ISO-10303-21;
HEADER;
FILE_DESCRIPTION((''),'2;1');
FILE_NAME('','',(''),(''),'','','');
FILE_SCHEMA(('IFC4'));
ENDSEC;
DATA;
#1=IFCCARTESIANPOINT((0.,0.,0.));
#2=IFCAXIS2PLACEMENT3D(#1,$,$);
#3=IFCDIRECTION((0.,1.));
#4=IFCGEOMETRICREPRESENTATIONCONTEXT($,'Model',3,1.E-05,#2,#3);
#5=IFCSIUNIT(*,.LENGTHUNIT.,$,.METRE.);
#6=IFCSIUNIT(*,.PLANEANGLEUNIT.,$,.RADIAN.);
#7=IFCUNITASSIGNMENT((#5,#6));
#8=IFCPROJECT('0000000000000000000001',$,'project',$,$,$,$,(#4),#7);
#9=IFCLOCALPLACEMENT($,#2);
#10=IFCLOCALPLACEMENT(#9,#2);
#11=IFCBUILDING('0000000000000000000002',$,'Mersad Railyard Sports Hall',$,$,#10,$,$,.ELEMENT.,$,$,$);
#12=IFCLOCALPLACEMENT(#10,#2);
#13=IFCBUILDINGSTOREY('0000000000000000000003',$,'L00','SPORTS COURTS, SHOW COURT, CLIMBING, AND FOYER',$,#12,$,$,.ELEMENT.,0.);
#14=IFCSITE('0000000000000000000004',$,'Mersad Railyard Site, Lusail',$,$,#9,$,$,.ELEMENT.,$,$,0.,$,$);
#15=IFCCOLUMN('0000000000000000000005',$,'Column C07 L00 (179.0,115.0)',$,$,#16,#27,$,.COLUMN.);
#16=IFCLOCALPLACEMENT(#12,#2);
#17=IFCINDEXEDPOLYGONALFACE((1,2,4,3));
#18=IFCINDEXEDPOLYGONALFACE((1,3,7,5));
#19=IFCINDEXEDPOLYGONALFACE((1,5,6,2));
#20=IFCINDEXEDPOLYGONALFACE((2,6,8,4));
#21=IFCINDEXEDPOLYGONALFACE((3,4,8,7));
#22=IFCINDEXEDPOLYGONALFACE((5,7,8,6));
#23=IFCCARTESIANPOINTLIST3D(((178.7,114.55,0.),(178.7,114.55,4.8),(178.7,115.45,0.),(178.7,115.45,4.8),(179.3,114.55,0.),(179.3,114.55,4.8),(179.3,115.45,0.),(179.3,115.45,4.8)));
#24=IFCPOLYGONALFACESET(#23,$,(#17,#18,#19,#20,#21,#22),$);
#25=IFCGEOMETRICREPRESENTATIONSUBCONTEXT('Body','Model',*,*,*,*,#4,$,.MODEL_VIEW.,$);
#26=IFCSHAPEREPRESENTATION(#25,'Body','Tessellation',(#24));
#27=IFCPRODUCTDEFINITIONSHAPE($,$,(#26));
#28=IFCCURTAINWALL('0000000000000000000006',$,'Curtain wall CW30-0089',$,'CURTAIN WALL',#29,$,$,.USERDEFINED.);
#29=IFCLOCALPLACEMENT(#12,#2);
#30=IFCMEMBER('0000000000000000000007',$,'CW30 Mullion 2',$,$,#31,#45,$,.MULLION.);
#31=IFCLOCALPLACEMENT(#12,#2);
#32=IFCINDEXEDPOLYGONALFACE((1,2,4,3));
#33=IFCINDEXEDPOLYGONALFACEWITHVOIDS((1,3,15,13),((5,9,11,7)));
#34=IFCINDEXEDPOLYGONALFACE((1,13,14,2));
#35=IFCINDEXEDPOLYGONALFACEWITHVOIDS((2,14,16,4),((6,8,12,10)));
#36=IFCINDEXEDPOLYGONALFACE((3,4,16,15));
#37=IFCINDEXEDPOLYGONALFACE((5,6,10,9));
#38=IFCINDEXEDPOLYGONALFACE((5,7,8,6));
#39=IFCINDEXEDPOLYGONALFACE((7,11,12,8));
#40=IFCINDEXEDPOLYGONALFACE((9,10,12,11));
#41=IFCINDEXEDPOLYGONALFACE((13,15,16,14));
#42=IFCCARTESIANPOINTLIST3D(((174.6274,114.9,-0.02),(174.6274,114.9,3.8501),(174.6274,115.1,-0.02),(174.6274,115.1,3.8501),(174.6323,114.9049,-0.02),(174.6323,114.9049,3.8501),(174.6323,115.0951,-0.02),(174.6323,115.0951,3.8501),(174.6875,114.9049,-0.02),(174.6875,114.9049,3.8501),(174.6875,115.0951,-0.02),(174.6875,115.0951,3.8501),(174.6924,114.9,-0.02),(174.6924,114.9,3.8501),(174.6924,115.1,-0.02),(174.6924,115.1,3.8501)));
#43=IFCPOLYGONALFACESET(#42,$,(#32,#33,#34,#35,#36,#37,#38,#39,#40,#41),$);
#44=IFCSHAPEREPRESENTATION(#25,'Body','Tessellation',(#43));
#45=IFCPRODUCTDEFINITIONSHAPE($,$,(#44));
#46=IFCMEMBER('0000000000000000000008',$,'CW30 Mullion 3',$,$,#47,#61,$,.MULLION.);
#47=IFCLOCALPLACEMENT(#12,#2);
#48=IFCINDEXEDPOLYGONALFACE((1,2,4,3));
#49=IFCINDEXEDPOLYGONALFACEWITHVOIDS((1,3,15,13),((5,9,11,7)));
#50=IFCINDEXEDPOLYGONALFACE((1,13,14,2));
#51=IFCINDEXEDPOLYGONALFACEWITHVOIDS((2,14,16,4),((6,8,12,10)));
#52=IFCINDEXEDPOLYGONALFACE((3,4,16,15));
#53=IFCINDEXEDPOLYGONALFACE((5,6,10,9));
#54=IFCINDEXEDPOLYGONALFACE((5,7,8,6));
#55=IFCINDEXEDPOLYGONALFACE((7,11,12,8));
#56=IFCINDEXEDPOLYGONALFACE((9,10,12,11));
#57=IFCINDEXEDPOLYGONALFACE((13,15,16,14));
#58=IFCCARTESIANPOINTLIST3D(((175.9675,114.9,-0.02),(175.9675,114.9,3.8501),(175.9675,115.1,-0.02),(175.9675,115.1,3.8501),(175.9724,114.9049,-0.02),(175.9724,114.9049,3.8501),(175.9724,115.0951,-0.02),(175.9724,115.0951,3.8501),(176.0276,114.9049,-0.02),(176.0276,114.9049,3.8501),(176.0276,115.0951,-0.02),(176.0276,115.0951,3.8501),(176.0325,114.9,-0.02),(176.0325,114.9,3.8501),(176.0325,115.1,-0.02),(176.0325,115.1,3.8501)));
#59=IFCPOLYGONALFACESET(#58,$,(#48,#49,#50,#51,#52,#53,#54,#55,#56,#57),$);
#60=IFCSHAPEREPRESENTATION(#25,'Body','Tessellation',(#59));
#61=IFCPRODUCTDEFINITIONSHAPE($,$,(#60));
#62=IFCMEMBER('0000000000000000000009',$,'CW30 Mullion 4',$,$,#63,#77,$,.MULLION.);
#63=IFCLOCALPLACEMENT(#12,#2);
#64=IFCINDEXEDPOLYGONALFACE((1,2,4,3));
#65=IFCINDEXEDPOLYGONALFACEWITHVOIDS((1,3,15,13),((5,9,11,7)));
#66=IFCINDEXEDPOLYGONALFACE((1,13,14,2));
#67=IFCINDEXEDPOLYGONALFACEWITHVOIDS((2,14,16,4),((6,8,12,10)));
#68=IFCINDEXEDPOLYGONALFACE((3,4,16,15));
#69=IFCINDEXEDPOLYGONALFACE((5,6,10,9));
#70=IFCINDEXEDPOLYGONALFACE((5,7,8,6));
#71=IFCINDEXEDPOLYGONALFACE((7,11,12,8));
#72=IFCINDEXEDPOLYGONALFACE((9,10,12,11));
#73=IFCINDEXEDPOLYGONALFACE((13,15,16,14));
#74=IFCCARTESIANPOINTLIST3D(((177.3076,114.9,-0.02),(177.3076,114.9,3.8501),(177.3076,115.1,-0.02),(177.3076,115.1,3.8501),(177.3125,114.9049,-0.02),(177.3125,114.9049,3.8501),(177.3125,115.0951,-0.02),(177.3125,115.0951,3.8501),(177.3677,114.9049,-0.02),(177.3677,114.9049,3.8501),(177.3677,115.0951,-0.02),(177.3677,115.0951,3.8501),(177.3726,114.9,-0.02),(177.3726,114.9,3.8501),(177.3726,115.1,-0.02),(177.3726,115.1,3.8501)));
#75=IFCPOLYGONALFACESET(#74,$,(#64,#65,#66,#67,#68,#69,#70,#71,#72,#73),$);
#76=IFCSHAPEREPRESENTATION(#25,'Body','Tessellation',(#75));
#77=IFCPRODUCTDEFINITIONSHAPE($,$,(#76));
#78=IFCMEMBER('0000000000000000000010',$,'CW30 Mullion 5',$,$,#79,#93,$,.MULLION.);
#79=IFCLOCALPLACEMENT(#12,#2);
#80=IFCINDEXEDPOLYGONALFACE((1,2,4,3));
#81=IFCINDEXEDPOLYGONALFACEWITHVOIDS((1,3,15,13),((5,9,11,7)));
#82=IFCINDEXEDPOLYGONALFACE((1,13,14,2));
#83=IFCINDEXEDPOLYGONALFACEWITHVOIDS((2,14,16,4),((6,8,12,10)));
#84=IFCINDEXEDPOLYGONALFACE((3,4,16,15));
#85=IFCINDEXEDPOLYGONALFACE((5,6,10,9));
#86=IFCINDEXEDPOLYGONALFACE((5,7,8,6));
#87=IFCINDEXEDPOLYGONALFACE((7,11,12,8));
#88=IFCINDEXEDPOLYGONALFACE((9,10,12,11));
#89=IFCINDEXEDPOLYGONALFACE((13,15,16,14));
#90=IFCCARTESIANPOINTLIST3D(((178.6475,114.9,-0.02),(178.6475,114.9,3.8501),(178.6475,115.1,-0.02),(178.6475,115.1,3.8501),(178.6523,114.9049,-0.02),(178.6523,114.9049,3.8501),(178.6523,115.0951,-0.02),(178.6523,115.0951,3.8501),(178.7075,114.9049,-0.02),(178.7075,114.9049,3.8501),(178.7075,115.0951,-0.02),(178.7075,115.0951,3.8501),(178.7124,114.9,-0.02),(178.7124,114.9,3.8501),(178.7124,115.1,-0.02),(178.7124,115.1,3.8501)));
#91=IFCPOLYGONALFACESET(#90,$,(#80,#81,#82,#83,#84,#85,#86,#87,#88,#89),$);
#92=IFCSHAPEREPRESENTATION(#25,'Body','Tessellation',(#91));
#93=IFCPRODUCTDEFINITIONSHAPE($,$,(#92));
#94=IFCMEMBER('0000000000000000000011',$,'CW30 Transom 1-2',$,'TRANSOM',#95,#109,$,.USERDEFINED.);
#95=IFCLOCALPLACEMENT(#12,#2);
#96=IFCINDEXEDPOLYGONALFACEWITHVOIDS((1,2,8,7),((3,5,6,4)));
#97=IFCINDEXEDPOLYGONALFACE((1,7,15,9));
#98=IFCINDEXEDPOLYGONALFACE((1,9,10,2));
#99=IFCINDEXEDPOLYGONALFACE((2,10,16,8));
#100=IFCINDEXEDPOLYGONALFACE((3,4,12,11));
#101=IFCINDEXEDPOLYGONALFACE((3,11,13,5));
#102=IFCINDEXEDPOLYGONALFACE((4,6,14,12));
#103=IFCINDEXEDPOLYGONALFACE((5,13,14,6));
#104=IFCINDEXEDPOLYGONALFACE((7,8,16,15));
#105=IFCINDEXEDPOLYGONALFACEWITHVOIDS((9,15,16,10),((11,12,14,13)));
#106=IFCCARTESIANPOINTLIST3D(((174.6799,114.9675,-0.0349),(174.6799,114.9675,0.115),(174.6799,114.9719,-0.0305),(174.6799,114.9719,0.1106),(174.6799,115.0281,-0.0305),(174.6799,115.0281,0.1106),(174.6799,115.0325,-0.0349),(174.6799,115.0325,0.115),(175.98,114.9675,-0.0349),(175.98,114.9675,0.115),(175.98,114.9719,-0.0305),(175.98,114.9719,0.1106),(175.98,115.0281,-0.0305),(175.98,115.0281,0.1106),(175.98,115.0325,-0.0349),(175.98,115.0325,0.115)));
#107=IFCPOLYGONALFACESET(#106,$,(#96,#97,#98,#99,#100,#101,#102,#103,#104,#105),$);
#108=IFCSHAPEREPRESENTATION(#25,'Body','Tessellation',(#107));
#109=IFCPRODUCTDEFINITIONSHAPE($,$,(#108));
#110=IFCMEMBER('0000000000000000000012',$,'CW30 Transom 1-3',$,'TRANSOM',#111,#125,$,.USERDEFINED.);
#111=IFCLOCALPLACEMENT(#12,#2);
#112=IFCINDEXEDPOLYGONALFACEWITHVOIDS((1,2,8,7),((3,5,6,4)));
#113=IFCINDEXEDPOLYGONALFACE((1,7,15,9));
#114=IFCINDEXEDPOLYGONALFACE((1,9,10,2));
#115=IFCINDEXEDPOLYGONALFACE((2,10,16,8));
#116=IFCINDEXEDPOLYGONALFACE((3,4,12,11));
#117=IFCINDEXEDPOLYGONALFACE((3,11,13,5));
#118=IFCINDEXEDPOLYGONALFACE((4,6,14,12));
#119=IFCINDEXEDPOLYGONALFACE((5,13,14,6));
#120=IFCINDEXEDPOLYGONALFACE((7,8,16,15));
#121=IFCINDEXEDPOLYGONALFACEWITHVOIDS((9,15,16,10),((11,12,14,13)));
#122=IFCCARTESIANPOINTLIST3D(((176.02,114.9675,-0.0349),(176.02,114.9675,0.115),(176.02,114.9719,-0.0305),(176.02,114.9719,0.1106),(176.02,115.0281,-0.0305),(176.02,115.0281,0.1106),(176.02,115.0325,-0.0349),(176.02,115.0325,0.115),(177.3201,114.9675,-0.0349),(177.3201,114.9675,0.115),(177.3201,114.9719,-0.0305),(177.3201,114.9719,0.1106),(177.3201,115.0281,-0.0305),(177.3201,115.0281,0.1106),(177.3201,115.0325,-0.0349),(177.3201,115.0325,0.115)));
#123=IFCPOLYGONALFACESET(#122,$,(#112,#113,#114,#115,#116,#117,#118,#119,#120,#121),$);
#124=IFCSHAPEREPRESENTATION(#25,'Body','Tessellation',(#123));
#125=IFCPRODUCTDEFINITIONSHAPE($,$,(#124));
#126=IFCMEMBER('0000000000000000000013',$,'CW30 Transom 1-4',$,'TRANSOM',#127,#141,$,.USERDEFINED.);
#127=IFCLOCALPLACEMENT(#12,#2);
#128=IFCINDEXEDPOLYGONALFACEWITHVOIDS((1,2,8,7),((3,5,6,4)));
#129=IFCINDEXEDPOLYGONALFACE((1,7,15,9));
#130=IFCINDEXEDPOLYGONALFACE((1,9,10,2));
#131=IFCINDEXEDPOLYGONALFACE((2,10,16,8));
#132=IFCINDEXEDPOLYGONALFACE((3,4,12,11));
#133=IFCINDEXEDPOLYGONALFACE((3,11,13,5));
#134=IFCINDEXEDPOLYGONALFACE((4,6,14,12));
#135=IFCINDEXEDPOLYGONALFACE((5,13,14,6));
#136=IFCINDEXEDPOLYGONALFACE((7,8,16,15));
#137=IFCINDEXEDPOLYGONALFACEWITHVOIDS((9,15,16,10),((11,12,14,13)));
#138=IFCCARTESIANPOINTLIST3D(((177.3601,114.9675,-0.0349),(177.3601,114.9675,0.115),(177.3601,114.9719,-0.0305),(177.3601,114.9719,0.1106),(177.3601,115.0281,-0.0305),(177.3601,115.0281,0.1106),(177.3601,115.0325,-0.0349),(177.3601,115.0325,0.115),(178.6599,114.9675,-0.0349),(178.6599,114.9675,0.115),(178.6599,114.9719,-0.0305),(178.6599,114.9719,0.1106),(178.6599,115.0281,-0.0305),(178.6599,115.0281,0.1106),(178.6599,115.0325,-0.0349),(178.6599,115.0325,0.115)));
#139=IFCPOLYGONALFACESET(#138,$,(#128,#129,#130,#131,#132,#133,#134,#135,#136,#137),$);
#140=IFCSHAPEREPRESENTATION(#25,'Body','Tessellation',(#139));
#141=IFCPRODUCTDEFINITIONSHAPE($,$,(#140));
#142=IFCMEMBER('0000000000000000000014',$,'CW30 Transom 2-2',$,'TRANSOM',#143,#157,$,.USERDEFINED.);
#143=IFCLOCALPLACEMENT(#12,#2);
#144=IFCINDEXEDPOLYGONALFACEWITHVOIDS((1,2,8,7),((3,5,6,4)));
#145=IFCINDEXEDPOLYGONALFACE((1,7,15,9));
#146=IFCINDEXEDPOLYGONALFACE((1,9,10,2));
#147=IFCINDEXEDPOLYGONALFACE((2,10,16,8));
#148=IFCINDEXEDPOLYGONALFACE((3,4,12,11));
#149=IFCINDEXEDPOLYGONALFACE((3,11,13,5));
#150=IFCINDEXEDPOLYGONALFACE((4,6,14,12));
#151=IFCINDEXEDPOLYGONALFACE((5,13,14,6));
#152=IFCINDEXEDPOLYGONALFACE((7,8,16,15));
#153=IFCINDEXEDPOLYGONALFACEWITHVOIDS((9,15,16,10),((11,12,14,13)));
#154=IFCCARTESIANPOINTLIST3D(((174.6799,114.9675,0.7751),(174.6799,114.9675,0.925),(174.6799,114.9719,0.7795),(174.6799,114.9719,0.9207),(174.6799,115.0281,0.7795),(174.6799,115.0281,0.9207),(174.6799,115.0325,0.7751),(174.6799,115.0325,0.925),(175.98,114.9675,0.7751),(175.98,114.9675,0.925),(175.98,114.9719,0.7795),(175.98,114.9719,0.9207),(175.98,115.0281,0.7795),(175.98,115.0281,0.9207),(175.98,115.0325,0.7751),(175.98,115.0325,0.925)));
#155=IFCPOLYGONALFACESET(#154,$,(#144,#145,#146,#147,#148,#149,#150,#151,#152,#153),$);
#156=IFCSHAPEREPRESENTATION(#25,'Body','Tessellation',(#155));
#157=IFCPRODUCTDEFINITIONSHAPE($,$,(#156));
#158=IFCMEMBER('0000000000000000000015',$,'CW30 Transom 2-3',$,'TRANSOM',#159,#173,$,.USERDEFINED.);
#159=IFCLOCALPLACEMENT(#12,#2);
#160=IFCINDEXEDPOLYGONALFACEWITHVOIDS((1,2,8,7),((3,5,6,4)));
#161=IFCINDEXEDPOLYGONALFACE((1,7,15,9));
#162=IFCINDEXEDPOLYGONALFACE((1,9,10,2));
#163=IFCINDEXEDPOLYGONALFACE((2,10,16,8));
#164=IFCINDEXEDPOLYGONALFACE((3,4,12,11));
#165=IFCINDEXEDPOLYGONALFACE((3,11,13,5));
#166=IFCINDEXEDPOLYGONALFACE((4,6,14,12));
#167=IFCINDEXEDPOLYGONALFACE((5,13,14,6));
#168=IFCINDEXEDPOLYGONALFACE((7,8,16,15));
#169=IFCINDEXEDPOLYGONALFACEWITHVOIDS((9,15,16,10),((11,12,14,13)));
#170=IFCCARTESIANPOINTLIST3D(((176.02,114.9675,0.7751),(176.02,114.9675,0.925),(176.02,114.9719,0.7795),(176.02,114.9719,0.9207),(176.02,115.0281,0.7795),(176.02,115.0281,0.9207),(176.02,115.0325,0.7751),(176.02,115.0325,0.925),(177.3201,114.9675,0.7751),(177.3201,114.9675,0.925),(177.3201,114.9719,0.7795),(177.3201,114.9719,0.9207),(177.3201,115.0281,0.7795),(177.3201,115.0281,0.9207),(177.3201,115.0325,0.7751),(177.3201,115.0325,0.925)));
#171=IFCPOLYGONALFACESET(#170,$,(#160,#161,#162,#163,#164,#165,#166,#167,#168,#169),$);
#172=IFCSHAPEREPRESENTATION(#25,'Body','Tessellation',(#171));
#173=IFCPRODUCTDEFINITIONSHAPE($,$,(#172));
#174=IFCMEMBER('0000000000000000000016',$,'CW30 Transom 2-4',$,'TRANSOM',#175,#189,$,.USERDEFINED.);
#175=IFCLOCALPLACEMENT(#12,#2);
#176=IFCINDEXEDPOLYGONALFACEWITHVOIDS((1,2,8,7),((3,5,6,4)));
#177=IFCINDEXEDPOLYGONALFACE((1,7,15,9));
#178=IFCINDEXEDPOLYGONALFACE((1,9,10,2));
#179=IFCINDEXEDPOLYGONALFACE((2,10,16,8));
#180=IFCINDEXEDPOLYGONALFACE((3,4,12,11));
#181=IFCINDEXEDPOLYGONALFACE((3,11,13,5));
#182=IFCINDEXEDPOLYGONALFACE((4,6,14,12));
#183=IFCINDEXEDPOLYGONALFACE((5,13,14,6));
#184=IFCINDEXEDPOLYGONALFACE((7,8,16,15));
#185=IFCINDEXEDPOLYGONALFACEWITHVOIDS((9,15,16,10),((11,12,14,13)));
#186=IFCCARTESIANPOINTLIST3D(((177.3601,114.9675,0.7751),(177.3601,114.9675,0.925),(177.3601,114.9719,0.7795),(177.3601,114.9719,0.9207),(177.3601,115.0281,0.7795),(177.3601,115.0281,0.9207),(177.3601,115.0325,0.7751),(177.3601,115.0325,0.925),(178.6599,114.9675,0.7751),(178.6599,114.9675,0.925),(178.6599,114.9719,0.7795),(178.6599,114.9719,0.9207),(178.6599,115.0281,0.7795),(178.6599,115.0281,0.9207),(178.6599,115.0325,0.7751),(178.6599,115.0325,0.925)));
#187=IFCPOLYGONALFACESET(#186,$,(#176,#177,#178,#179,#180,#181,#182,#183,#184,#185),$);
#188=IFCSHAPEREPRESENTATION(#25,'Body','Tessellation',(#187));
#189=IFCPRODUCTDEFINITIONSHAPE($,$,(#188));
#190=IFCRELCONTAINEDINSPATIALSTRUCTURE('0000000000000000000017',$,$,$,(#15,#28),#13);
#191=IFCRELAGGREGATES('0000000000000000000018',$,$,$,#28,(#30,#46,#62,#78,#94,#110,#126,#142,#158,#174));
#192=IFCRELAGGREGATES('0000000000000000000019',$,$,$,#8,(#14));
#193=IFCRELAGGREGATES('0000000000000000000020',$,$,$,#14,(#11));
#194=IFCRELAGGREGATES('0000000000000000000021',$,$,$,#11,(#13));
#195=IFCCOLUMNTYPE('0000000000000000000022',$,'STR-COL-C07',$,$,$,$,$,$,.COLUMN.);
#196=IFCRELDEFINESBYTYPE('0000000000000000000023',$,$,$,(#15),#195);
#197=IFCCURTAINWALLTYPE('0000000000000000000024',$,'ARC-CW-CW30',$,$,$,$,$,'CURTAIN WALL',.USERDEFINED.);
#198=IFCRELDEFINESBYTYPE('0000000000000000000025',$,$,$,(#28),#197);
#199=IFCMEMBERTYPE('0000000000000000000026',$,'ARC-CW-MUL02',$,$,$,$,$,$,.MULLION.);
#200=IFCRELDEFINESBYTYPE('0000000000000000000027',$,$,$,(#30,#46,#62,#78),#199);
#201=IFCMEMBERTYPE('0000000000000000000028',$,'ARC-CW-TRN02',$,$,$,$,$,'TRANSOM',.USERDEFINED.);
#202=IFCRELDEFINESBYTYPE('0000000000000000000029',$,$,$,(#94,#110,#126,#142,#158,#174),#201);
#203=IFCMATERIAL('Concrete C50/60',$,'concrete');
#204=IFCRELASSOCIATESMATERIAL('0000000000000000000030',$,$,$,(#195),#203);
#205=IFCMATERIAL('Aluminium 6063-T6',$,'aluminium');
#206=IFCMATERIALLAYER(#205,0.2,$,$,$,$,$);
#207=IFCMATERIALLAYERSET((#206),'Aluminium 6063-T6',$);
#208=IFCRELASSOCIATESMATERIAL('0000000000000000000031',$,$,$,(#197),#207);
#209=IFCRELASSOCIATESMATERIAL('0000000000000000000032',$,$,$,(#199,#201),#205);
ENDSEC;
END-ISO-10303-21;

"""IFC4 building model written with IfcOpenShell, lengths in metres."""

from ifc_helpers import new_model, si_unit, direction, frame, origin, origin_2d, place, context, subcontext, project, spatial, rectangle, hollow_rectangle, extrude, material, layer, layer_set, material_profile, profile_set, type_object, element, aggregate, save


model = new_model("IFC4")

# Units and contexts
model_context = context("Model", 3, precision=1e-05, world=origin(), true_north=direction((0.0, 1.0)))
body_context = subcontext(model_context, "Body", "Model", "MODEL_VIEW")
ifc_project = project(units=[si_unit("LENGTHUNIT", "METRE"), si_unit("PLANEANGLEUNIT", "RADIAN")], contexts=[model_context])

# Site, building, storey
site_placement = place(None, origin())
site = spatial("IfcSite", under=ifc_project, at=site_placement, Name="Mersad Railyard Site, Lusail", CompositionType="ELEMENT", RefElevation=0.0)
building_placement = place(site_placement, origin())
building = spatial("IfcBuilding", under=site, at=building_placement, Name="Mersad Railyard Sports Hall", CompositionType="ELEMENT")
storey_placement = place(building_placement, origin())
storey = spatial("IfcBuildingStorey", under=building, at=storey_placement, Name="L00", Description="SPORTS COURTS, SHOW COURT, CLIMBING, AND FOYER", CompositionType="ELEMENT", Elevation=0.0)

# Column
ifc_material_1 = material(Name="Concrete C50/60", Category="concrete")
ifc_material_profile_1 = material_profile(ifc_material_1, rectangle(XDim=0.6001, YDim=0.8999, at=origin_2d()), Name="RC 600x900")
ifc_profile_set_1 = profile_set([ifc_material_profile_1], Name="Concrete C50/60")
column_type = type_object("IfcColumnType", Name="STR-COL-C07", PredefinedType="COLUMN", material=ifc_profile_set_1)
column_placement = place(storey_placement, frame((179.0, 115.0, 0.0), z_axis=(0.0, 0.0, 1.0), x_axis=(1.0, 0.0, 0.0)))
element("IfcColumn", 1, at=column_placement, inside=storey, type_object=column_type, Name="Column C07 L00 (179.0,115.0)", PredefinedType="COLUMN", context=body_context, shape_type="SweptSolid", body=[
    extrude(rectangle(XDim=0.6001, YDim=0.8999, at=origin_2d()), origin(), (0.0, 0.0, 1.0), 4.8),
])

# Curtain wall, members
ifc_material_2 = material(Name="Aluminium 6063-T6", Category="aluminium")
ifc_layer_1 = layer(ifc_material_2, 0.2)
ifc_layer_set_1 = layer_set([ifc_layer_1], Name="Aluminium 6063-T6")
curtain_wall_type = type_object("IfcCurtainWallType", Name="ARC-CW-CW30", ElementType="CURTAIN WALL", PredefinedType="USERDEFINED", material=ifc_layer_set_1)
curtain_wall_placement = place(storey_placement, origin())
curtain_wall = element("IfcCurtainWall", 2, at=curtain_wall_placement, inside=storey, type_object=curtain_wall_type, Name="Curtain wall CW30-0089", ObjectType="CURTAIN WALL", PredefinedType="USERDEFINED")
ifc_material_profile_2 = material_profile(ifc_material_2, hollow_rectangle(XDim=0.0649, YDim=0.2, WallThickness=0.0049, at=origin_2d()), Name="AL MULLION 65x200x5")
ifc_profile_set_2 = profile_set([ifc_material_profile_2], Name="Aluminium 6063-T6")
member_type_1 = type_object("IfcMemberType", Name="ARC-CW-MUL02", PredefinedType="MULLION", material=ifc_profile_set_2)
member_1_placement = place(storey_placement, frame((174.6599, 115.0, -0.02), z_axis=(0.0, 0.0, 1.0), x_axis=(1.0, 0.0, 0.0)))
member_1 = element("IfcMember", 3, at=member_1_placement, type_object=member_type_1, Name="CW30 Mullion 2", PredefinedType="MULLION", context=body_context, shape_type="SweptSolid", body=[
    extrude(hollow_rectangle(XDim=0.0649, YDim=0.2, WallThickness=0.0049, at=origin_2d()), origin(), (0.0, 0.0, 1.0), 3.8701),
])
member_2_placement = place(storey_placement, frame((176.0, 115.0, -0.02), z_axis=(0.0, 0.0, 1.0), x_axis=(1.0, 0.0, 0.0)))
member_2 = element("IfcMember", 4, at=member_2_placement, type_object=member_type_1, Name="CW30 Mullion 3", PredefinedType="MULLION", context=body_context, shape_type="SweptSolid", body=[
    extrude(hollow_rectangle(XDim=0.0649, YDim=0.2, WallThickness=0.0049, at=origin_2d()), origin(), (0.0, 0.0, 1.0), 3.8701),
])
member_3_placement = place(storey_placement, frame((177.3401, 115.0, -0.02), z_axis=(0.0, 0.0, 1.0), x_axis=(1.0, 0.0, 0.0)))
member_3 = element("IfcMember", 5, at=member_3_placement, type_object=member_type_1, Name="CW30 Mullion 4", PredefinedType="MULLION", context=body_context, shape_type="SweptSolid", body=[
    extrude(hollow_rectangle(XDim=0.0649, YDim=0.2, WallThickness=0.0049, at=origin_2d()), origin(), (0.0, 0.0, 1.0), 3.8701),
])
member_4_placement = place(storey_placement, frame((178.6799, 115.0, -0.02), z_axis=(0.0, 0.0, 1.0), x_axis=(1.0, 0.0, 0.0)))
member_4 = element("IfcMember", 6, at=member_4_placement, type_object=member_type_1, Name="CW30 Mullion 5", PredefinedType="MULLION", context=body_context, shape_type="SweptSolid", body=[
    extrude(hollow_rectangle(XDim=0.0649, YDim=0.2, WallThickness=0.0049, at=origin_2d()), origin(), (0.0, 0.0, 1.0), 3.8701),
])
ifc_material_profile_3 = material_profile(ifc_material_2, hollow_rectangle(XDim=0.0649, YDim=0.1499, WallThickness=0.0044, at=origin_2d()), Name="AL TRANSOM 65x150x4.5")
ifc_profile_set_3 = profile_set([ifc_material_profile_3], Name="Aluminium 6063-T6")
member_type_2 = type_object("IfcMemberType", Name="ARC-CW-TRN02", ElementType="TRANSOM", PredefinedType="USERDEFINED", material=ifc_profile_set_3)
member_5_placement = place(storey_placement, frame((174.6799, 115.0, 0.04), z_axis=(1.0, 0.0, 0.0), x_axis=(0.0, 1.0, 0.0)))
member_5 = element("IfcMember", 7, at=member_5_placement, type_object=member_type_2, Name="CW30 Transom 1-2", ObjectType="TRANSOM", PredefinedType="USERDEFINED", context=body_context, shape_type="SweptSolid", body=[
    extrude(hollow_rectangle(XDim=0.0649, YDim=0.1499, WallThickness=0.0044, at=origin_2d()), origin(), (0.0, 0.0, 1.0), 1.3),
])
member_6_placement = place(storey_placement, frame((176.02, 115.0, 0.04), z_axis=(1.0, 0.0, 0.0), x_axis=(0.0, 1.0, 0.0)))
member_6 = element("IfcMember", 8, at=member_6_placement, type_object=member_type_2, Name="CW30 Transom 1-3", ObjectType="TRANSOM", PredefinedType="USERDEFINED", context=body_context, shape_type="SweptSolid", body=[
    extrude(hollow_rectangle(XDim=0.0649, YDim=0.1499, WallThickness=0.0044, at=origin_2d()), origin(), (0.0, 0.0, 1.0), 1.3),
])
member_7_placement = place(storey_placement, frame((177.3601, 115.0, 0.04), z_axis=(1.0, 0.0, 0.0), x_axis=(0.0, 1.0, 0.0)))
member_7 = element("IfcMember", 9, at=member_7_placement, type_object=member_type_2, Name="CW30 Transom 1-4", ObjectType="TRANSOM", PredefinedType="USERDEFINED", context=body_context, shape_type="SweptSolid", body=[
    extrude(hollow_rectangle(XDim=0.0649, YDim=0.1499, WallThickness=0.0044, at=origin_2d()), origin(), (0.0, 0.0, 1.0), 1.2998),
])
member_8_placement = place(storey_placement, frame((174.6799, 115.0, 0.8501), z_axis=(1.0, 0.0, 0.0), x_axis=(0.0, 1.0, 0.0)))
member_8 = element("IfcMember", 10, at=member_8_placement, type_object=member_type_2, Name="CW30 Transom 2-2", ObjectType="TRANSOM", PredefinedType="USERDEFINED", context=body_context, shape_type="SweptSolid", body=[
    extrude(hollow_rectangle(XDim=0.0649, YDim=0.1499, WallThickness=0.0044, at=origin_2d()), origin(), (0.0, 0.0, 1.0), 1.3),
])
member_9_placement = place(storey_placement, frame((176.02, 115.0, 0.8501), z_axis=(1.0, 0.0, 0.0), x_axis=(0.0, 1.0, 0.0)))
member_9 = element("IfcMember", 11, at=member_9_placement, type_object=member_type_2, Name="CW30 Transom 2-3", ObjectType="TRANSOM", PredefinedType="USERDEFINED", context=body_context, shape_type="SweptSolid", body=[
    extrude(hollow_rectangle(XDim=0.0649, YDim=0.1499, WallThickness=0.0044, at=origin_2d()), origin(), (0.0, 0.0, 1.0), 1.3),
])
member_10_placement = place(storey_placement, frame((177.3601, 115.0, 0.8501), z_axis=(1.0, 0.0, 0.0), x_axis=(0.0, 1.0, 0.0)))
member_10 = element("IfcMember", 12, at=member_10_placement, type_object=member_type_2, Name="CW30 Transom 2-4", ObjectType="TRANSOM", PredefinedType="USERDEFINED", context=body_context, shape_type="SweptSolid", body=[
    extrude(hollow_rectangle(XDim=0.0649, YDim=0.1499, WallThickness=0.0044, at=origin_2d()), origin(), (0.0, 0.0, 1.0), 1.2998),
])
aggregate(curtain_wall, [member_1, member_2, member_3, member_4, member_5, member_6, member_7, member_8, member_9, member_10])

save(model, "model.ifc")
